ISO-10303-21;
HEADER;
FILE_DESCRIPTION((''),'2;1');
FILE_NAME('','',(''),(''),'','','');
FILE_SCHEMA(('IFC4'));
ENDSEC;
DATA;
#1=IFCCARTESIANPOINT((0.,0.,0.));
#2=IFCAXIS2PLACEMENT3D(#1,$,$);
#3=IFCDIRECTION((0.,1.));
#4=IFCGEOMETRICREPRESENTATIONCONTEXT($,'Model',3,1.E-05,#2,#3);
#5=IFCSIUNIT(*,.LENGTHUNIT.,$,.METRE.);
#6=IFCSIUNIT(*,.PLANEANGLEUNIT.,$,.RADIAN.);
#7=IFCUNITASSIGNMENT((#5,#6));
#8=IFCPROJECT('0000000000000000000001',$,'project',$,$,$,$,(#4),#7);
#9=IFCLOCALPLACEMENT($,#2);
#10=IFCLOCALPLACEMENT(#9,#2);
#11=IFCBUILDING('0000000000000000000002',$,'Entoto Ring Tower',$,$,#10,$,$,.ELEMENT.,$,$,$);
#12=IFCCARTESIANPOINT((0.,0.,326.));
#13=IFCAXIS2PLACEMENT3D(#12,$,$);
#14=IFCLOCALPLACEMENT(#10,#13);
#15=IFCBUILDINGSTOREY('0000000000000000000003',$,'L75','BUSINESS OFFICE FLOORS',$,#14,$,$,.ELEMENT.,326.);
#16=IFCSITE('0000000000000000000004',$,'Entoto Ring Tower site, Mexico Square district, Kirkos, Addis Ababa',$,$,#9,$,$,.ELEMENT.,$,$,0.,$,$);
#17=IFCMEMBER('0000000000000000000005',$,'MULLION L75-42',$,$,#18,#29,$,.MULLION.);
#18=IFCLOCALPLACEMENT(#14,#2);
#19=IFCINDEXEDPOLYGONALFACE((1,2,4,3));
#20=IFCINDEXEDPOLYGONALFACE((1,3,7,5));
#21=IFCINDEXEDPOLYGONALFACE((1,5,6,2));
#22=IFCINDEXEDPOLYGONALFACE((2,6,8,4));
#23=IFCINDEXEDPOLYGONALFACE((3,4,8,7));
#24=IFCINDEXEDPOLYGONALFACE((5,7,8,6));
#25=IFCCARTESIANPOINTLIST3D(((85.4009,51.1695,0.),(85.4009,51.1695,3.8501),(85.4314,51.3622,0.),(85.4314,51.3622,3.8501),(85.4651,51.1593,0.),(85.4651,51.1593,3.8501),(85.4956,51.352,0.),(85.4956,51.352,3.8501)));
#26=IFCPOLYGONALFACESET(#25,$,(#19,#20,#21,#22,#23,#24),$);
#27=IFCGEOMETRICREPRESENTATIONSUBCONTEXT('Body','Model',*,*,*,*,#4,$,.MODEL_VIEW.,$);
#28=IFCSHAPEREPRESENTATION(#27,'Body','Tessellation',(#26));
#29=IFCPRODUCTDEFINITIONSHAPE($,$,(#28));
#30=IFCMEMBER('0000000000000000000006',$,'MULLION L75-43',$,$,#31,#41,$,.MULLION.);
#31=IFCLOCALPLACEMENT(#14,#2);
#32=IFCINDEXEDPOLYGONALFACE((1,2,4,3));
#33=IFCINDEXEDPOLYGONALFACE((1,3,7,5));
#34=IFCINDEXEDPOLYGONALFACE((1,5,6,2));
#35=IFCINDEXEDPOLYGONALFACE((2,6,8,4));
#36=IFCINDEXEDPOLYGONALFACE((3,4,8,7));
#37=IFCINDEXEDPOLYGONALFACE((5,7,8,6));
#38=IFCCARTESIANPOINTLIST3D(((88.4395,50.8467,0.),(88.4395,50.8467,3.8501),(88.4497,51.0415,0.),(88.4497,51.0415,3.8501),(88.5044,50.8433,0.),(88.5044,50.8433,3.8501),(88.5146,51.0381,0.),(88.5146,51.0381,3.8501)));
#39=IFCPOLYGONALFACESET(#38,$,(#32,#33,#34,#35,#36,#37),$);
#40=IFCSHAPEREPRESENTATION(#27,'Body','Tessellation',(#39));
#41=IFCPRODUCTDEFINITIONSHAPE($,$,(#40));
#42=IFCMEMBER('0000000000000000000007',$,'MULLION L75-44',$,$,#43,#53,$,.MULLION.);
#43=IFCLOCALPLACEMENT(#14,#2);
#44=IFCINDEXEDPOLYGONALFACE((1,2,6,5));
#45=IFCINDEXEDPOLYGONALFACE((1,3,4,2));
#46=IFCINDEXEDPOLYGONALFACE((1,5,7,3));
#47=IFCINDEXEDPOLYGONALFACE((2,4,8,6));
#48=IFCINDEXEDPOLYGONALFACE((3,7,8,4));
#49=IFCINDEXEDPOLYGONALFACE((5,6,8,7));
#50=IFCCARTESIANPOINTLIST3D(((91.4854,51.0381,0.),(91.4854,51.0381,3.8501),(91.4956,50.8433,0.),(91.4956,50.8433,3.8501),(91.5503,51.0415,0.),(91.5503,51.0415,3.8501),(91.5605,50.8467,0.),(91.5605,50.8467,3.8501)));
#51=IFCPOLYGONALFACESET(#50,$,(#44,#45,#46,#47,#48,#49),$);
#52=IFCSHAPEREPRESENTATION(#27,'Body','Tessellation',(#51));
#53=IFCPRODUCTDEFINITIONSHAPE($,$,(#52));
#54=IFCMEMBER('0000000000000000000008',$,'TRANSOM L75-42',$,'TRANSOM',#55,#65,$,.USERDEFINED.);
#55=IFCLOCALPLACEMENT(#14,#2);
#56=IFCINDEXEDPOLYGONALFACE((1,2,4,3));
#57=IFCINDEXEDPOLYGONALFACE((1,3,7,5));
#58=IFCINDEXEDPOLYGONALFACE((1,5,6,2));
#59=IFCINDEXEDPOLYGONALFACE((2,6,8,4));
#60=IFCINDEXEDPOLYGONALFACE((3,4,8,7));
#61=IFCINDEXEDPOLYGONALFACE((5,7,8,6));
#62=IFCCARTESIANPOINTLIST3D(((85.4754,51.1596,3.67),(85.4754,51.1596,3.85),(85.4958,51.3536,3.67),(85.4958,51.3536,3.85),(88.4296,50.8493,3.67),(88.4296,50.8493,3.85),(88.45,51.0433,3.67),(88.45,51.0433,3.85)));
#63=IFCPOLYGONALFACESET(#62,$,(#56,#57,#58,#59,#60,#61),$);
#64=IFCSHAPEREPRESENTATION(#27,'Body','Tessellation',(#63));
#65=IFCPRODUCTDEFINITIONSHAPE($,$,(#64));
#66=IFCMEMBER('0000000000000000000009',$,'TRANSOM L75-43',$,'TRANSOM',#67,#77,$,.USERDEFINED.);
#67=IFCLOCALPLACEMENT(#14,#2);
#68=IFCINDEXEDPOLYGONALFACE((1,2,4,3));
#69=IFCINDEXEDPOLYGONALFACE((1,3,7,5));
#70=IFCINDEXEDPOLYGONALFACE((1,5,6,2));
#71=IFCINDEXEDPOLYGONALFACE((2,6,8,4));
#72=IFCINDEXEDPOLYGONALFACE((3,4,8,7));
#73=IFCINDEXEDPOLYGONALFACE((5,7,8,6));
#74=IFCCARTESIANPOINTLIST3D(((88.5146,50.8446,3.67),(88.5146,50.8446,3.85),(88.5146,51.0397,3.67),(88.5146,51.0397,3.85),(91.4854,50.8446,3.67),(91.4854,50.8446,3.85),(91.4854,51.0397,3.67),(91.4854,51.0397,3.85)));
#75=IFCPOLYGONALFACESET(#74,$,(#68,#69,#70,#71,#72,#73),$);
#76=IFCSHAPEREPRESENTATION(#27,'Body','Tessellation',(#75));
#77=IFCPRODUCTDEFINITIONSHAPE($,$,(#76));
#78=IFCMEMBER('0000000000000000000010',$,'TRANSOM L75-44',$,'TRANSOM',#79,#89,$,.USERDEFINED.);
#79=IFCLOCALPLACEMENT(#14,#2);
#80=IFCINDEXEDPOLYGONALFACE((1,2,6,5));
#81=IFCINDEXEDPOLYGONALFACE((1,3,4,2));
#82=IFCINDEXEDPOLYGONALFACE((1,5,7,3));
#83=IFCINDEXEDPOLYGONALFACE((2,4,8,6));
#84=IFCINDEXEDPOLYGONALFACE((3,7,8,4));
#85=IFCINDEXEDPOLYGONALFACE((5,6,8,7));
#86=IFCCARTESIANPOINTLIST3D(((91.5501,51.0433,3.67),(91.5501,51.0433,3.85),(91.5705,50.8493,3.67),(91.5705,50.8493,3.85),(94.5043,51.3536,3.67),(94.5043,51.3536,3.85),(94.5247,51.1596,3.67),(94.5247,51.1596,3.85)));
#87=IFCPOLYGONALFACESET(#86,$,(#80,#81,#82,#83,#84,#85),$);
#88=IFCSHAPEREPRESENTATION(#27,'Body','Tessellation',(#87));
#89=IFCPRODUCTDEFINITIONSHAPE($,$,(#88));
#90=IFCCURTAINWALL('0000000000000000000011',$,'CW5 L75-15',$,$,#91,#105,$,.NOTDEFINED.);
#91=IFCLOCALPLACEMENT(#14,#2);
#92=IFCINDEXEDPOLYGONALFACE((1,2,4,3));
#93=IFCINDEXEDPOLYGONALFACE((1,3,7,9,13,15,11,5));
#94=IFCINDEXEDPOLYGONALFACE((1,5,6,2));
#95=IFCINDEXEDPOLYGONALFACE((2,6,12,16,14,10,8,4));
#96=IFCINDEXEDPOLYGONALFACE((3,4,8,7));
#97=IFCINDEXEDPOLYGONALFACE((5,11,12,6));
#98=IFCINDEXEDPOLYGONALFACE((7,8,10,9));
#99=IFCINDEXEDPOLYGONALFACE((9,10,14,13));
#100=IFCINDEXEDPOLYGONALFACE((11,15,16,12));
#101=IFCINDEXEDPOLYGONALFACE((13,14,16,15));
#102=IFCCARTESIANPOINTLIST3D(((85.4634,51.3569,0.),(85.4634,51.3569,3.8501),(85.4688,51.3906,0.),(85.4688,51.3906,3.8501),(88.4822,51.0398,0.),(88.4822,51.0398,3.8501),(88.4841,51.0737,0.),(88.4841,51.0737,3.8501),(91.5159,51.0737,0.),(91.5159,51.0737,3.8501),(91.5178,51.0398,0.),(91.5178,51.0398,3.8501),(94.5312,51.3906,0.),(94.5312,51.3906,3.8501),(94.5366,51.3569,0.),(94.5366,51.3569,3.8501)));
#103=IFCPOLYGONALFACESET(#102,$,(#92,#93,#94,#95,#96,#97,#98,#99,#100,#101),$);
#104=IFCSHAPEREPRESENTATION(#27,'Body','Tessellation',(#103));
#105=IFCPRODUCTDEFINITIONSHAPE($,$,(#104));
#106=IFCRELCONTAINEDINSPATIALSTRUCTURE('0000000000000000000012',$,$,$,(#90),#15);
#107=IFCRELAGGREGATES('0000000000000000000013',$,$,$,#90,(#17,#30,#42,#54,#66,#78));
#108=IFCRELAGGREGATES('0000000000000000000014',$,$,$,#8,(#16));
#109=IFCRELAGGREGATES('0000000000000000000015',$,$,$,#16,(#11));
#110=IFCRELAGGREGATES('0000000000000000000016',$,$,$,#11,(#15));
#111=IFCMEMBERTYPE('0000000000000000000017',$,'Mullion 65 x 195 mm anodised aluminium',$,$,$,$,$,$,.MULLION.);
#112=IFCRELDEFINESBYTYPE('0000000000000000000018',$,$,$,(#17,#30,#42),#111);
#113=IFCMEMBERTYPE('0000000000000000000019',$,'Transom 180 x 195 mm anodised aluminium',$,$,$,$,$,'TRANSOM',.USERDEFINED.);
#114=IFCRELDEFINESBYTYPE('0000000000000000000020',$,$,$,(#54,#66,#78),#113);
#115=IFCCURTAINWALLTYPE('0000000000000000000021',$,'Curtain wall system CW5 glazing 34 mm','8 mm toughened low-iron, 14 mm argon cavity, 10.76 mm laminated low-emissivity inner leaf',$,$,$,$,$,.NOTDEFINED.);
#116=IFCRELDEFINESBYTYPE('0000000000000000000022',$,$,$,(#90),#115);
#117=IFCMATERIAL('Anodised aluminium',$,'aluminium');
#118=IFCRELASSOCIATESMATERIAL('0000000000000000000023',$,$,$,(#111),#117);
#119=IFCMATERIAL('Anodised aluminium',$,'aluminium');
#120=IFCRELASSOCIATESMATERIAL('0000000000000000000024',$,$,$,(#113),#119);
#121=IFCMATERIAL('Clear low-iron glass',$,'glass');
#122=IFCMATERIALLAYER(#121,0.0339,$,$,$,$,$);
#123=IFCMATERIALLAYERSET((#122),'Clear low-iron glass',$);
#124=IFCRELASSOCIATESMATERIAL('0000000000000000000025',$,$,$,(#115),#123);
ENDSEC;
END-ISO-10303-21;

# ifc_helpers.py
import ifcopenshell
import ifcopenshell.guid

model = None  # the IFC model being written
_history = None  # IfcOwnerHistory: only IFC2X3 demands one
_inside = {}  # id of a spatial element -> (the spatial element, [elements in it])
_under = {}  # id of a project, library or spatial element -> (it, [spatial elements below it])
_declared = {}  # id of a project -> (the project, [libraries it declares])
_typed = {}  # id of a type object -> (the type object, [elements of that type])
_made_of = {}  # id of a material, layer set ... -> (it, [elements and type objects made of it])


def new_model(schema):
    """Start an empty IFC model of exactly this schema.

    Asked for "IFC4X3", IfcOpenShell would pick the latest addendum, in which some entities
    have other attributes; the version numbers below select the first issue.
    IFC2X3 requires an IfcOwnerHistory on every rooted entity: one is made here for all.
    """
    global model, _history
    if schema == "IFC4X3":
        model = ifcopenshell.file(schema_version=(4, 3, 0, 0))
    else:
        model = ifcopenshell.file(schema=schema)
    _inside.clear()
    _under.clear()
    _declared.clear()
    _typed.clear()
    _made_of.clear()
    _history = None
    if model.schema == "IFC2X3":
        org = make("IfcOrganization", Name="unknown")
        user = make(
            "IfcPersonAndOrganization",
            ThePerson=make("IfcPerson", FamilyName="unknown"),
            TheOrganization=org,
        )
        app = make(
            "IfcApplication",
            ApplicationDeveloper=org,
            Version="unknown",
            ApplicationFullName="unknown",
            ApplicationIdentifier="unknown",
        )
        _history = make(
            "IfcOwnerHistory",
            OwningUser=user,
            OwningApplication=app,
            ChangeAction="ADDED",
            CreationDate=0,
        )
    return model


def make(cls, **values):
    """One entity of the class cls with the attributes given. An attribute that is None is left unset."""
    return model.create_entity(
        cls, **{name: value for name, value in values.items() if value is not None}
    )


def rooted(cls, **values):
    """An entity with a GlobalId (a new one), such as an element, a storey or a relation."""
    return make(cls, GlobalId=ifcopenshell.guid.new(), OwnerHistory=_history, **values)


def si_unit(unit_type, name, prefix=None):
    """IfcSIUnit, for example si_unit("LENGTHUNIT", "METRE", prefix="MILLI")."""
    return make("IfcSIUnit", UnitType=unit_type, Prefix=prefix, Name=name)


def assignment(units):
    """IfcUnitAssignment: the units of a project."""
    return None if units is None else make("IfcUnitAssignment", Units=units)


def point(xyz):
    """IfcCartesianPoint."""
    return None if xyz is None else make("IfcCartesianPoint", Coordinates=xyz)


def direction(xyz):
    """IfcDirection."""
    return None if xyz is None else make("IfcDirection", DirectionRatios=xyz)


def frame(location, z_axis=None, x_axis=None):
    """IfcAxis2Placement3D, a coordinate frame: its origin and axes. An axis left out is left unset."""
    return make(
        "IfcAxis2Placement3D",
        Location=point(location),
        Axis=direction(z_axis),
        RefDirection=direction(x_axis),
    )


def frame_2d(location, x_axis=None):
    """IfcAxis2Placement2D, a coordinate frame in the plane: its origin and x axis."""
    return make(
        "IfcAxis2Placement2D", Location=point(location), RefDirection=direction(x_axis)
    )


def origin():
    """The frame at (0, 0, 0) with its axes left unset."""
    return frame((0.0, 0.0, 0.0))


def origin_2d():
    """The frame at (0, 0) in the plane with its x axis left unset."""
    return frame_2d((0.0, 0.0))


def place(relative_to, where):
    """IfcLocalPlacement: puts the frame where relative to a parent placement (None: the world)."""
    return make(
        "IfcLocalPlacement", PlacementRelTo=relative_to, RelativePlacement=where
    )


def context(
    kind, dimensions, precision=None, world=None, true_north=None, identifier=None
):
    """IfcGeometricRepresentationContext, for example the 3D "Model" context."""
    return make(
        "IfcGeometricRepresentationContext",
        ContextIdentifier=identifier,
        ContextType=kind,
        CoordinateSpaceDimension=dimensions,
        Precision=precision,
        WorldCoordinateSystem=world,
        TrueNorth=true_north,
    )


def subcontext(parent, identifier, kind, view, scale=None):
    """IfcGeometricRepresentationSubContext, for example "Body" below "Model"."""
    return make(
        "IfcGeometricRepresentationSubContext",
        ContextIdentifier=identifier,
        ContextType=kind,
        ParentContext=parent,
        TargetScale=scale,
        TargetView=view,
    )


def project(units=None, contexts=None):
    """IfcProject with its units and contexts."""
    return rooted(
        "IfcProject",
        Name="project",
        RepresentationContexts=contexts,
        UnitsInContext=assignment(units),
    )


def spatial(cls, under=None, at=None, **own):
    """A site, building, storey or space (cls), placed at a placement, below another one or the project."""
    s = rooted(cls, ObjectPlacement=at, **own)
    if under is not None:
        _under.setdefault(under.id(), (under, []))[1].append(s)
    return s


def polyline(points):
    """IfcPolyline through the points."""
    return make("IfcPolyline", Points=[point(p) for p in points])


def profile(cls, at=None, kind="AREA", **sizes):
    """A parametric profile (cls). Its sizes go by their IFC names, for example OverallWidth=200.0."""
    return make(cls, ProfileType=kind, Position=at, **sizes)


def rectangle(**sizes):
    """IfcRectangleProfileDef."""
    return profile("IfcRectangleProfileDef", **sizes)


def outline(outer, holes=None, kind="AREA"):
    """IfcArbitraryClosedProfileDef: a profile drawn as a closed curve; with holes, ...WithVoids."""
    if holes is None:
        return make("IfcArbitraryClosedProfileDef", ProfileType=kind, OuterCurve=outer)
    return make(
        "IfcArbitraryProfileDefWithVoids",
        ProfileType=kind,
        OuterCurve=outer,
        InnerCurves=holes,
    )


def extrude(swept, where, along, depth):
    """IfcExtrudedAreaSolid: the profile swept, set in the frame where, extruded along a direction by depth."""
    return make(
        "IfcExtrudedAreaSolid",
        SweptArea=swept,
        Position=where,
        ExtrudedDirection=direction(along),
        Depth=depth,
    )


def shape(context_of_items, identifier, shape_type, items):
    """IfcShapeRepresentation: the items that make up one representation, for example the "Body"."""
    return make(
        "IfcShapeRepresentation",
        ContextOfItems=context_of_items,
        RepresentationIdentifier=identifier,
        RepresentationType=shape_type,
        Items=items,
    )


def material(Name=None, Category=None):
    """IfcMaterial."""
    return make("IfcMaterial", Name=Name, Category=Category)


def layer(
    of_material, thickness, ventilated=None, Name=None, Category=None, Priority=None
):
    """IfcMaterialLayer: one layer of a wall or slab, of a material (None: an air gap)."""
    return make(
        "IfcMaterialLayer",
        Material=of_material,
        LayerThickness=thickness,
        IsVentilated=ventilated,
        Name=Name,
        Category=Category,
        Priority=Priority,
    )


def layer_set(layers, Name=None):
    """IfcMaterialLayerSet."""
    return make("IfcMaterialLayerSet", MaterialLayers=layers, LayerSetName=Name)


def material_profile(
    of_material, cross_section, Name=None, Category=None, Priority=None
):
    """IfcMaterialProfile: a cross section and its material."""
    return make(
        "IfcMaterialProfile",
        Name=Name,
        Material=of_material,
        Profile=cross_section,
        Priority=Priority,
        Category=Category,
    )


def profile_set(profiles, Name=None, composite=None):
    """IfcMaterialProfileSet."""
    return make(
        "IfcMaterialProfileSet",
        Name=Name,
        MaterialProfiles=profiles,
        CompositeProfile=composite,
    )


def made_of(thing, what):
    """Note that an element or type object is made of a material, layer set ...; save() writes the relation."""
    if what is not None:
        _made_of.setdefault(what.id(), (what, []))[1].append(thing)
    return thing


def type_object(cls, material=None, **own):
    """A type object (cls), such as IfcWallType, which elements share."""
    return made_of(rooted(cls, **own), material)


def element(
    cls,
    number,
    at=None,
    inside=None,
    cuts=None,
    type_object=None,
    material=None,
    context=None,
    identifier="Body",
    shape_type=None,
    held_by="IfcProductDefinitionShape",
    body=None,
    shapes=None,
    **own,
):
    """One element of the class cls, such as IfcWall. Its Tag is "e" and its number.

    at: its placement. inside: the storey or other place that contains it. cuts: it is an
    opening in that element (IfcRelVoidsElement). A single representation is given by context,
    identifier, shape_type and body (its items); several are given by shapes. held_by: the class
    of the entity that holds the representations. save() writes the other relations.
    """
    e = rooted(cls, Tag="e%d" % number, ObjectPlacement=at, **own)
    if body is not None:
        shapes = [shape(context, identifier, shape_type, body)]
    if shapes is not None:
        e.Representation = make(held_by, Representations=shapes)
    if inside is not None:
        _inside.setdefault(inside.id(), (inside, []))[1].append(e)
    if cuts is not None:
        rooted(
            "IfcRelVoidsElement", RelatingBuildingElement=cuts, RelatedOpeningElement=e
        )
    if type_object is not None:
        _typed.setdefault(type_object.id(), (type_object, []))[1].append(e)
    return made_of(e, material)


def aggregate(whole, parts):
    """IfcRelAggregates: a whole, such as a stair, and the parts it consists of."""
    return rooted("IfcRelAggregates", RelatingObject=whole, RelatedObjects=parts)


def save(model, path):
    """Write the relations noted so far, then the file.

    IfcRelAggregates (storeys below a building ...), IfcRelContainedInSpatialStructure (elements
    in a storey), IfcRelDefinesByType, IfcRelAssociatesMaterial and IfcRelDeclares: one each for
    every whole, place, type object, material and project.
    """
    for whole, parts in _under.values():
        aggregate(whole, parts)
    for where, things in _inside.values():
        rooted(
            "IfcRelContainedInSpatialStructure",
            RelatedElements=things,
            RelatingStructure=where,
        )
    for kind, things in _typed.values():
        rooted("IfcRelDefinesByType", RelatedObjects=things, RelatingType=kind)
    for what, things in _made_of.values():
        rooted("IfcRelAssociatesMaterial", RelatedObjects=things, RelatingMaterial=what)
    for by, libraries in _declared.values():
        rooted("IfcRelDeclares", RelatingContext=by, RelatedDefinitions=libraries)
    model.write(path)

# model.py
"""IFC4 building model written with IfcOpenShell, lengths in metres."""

from ifc_helpers import new_model, si_unit, direction, frame, origin, origin_2d, place, context, subcontext, project, spatial, polyline, rectangle, outline, extrude, material, layer, layer_set, material_profile, profile_set, type_object, element, aggregate, save


model = new_model("IFC4")

# Units and contexts
model_context = context("Model", 3, precision=1e-05, world=origin(), true_north=direction((0.0, 1.0)))
body_context = subcontext(model_context, "Body", "Model", "MODEL_VIEW")
ifc_project = project(units=[si_unit("LENGTHUNIT", "METRE"), si_unit("PLANEANGLEUNIT", "RADIAN")], contexts=[model_context])

# Members
ifc_material_1 = material(Name="Anodised aluminium", Category="aluminium")
ifc_material_profile_1 = material_profile(ifc_material_1, rectangle(XDim=0.0649, YDim=0.1951, at=origin_2d()), Name="Mullion 65 x 195 mm anodised aluminium")
ifc_profile_set_1 = profile_set([ifc_material_profile_1], Name="Anodised aluminium")
member_type_1 = type_object("IfcMemberType", Name="Mullion 65 x 195 mm anodised aluminium", PredefinedType="MULLION", material=ifc_profile_set_1)
site_placement = place(None, origin())
building_placement = place(site_placement, origin())
storey_placement = place(building_placement, frame((0.0, 0.0, 326.0)))
member_1_placement = place(storey_placement, frame((85.4482, 51.2607, 0.0), z_axis=(0.0, 0.0, 1.0), x_axis=(0.987688, -0.156434, 0.0)))
member_1 = element("IfcMember", 1, at=member_1_placement, type_object=member_type_1, Name="MULLION L75-42", PredefinedType="MULLION", context=body_context, shape_type="SweptSolid", body=[
    extrude(rectangle(XDim=0.0649, YDim=0.1951, at=origin_2d()), origin(), (0.0, 0.0, 1.0), 3.8501),
])
member_2_placement = place(storey_placement, frame((88.4771, 50.9424, 0.0), z_axis=(0.0, 0.0, 1.0), x_axis=(0.99863, -0.052336, 0.0)))
member_2 = element("IfcMember", 2, at=member_2_placement, type_object=member_type_1, Name="MULLION L75-43", PredefinedType="MULLION", context=body_context, shape_type="SweptSolid", body=[
    extrude(rectangle(XDim=0.0649, YDim=0.1951, at=origin_2d()), origin(), (0.0, 0.0, 1.0), 3.8501),
])
member_3_placement = place(storey_placement, frame((91.5229, 50.9424, 0.0), z_axis=(0.0, 0.0, 1.0), x_axis=(0.99863, 0.052336, 0.0)))
member_3 = element("IfcMember", 3, at=member_3_placement, type_object=member_type_1, Name="MULLION L75-44", PredefinedType="MULLION", context=body_context, shape_type="SweptSolid", body=[
    extrude(rectangle(XDim=0.0649, YDim=0.1951, at=origin_2d()), origin(), (0.0, 0.0, 1.0), 3.8501),
])
ifc_material_2 = material(Name="Anodised aluminium", Category="aluminium")
ifc_material_profile_2 = material_profile(ifc_material_2, rectangle(XDim=0.1951, YDim=0.1799, at=origin_2d()), Name="Transom 180 x 195 mm anodised aluminium")
ifc_profile_set_2 = profile_set([ifc_material_profile_2], Name="Anodised aluminium")
member_type_2 = type_object("IfcMemberType", Name="Transom 180 x 195 mm anodised aluminium", ElementType="TRANSOM", PredefinedType="USERDEFINED", material=ifc_profile_set_2)
member_4_placement = place(storey_placement, frame((85.4856, 51.2566, 3.76), z_axis=(0.994528, -0.104467, 0.0), x_axis=(0.104467, 0.994528, 0.0)))
member_4 = element("IfcMember", 4, at=member_4_placement, type_object=member_type_2, Name="TRANSOM L75-42", ObjectType="TRANSOM", PredefinedType="USERDEFINED", context=body_context, shape_type="SweptSolid", body=[
    extrude(rectangle(XDim=0.1951, YDim=0.1799, at=origin_2d()), origin(), (0.0, 0.0, 1.0), 2.9705),
])
member_5_placement = place(storey_placement, frame((88.5146, 50.9421, 3.76), z_axis=(1.0, 0.0, 0.0), x_axis=(0.0, 1.0, 0.0)))
member_5 = element("IfcMember", 5, at=member_5_placement, type_object=member_type_2, Name="TRANSOM L75-43", ObjectType="TRANSOM", PredefinedType="USERDEFINED", context=body_context, shape_type="SweptSolid", body=[
    extrude(rectangle(XDim=0.1951, YDim=0.1799, at=origin_2d()), origin(), (0.0, 0.0, 1.0), 2.9707),
])
member_6_placement = place(storey_placement, frame((91.5603, 50.9463, 3.76), z_axis=(0.994528, 0.104467, 0.0), x_axis=(-0.104467, 0.994528, 0.0)))
member_6 = element("IfcMember", 6, at=member_6_placement, type_object=member_type_2, Name="TRANSOM L75-44", ObjectType="TRANSOM", PredefinedType="USERDEFINED", context=body_context, shape_type="SweptSolid", body=[
    extrude(rectangle(XDim=0.1951, YDim=0.1799, at=origin_2d()), origin(), (0.0, 0.0, 1.0), 2.9705),
])

# Site, building, storey
site = spatial("IfcSite", under=ifc_project, at=site_placement, Name="Entoto Ring Tower site, Mexico Square district, Kirkos, Addis Ababa", CompositionType="ELEMENT", RefElevation=0.0)
building = spatial("IfcBuilding", under=site, at=building_placement, Name="Entoto Ring Tower", CompositionType="ELEMENT")
storey = spatial("IfcBuildingStorey", under=building, at=storey_placement, Name="L75", Description="BUSINESS OFFICE FLOORS", CompositionType="ELEMENT", Elevation=326.0)

# Curtain wall
ifc_material_3 = material(Name="Clear low-iron glass", Category="glass")
ifc_layer = layer(ifc_material_3, 0.0339)
ifc_layer_set = layer_set([ifc_layer], Name="Clear low-iron glass")
curtain_wall_type = type_object("IfcCurtainWallType", Name="Curtain wall system CW5 glazing 34 mm", Description="8 mm toughened low-iron, 14 mm argon cavity, 10.76 mm laminated low-emissivity inner leaf", PredefinedType="NOTDEFINED", material=ifc_layer_set)
curtain_wall_1_placement = place(storey_placement, origin())
curtain_wall_1 = element("IfcCurtainWall", 7, at=curtain_wall_1_placement, inside=storey, type_object=curtain_wall_type, Name="CW5 L75-15", PredefinedType="NOTDEFINED", context=body_context, shape_type="SweptSolid", body=[
    extrude(outline(polyline([(85.4634, 51.3569), (88.4822, 51.0398), (91.5178, 51.0398), (94.5366, 51.3569), (94.5312, 51.3906), (91.5159, 51.0737), (88.4841, 51.0737), (85.4688, 51.3906), (85.4634, 51.3569)])), origin(), (0.0, 0.0, 1.0), 3.8501),
])
aggregate(curtain_wall_1, [member_1, member_2, member_3, member_4, member_5, member_6])

save(model, "model.ifc")
